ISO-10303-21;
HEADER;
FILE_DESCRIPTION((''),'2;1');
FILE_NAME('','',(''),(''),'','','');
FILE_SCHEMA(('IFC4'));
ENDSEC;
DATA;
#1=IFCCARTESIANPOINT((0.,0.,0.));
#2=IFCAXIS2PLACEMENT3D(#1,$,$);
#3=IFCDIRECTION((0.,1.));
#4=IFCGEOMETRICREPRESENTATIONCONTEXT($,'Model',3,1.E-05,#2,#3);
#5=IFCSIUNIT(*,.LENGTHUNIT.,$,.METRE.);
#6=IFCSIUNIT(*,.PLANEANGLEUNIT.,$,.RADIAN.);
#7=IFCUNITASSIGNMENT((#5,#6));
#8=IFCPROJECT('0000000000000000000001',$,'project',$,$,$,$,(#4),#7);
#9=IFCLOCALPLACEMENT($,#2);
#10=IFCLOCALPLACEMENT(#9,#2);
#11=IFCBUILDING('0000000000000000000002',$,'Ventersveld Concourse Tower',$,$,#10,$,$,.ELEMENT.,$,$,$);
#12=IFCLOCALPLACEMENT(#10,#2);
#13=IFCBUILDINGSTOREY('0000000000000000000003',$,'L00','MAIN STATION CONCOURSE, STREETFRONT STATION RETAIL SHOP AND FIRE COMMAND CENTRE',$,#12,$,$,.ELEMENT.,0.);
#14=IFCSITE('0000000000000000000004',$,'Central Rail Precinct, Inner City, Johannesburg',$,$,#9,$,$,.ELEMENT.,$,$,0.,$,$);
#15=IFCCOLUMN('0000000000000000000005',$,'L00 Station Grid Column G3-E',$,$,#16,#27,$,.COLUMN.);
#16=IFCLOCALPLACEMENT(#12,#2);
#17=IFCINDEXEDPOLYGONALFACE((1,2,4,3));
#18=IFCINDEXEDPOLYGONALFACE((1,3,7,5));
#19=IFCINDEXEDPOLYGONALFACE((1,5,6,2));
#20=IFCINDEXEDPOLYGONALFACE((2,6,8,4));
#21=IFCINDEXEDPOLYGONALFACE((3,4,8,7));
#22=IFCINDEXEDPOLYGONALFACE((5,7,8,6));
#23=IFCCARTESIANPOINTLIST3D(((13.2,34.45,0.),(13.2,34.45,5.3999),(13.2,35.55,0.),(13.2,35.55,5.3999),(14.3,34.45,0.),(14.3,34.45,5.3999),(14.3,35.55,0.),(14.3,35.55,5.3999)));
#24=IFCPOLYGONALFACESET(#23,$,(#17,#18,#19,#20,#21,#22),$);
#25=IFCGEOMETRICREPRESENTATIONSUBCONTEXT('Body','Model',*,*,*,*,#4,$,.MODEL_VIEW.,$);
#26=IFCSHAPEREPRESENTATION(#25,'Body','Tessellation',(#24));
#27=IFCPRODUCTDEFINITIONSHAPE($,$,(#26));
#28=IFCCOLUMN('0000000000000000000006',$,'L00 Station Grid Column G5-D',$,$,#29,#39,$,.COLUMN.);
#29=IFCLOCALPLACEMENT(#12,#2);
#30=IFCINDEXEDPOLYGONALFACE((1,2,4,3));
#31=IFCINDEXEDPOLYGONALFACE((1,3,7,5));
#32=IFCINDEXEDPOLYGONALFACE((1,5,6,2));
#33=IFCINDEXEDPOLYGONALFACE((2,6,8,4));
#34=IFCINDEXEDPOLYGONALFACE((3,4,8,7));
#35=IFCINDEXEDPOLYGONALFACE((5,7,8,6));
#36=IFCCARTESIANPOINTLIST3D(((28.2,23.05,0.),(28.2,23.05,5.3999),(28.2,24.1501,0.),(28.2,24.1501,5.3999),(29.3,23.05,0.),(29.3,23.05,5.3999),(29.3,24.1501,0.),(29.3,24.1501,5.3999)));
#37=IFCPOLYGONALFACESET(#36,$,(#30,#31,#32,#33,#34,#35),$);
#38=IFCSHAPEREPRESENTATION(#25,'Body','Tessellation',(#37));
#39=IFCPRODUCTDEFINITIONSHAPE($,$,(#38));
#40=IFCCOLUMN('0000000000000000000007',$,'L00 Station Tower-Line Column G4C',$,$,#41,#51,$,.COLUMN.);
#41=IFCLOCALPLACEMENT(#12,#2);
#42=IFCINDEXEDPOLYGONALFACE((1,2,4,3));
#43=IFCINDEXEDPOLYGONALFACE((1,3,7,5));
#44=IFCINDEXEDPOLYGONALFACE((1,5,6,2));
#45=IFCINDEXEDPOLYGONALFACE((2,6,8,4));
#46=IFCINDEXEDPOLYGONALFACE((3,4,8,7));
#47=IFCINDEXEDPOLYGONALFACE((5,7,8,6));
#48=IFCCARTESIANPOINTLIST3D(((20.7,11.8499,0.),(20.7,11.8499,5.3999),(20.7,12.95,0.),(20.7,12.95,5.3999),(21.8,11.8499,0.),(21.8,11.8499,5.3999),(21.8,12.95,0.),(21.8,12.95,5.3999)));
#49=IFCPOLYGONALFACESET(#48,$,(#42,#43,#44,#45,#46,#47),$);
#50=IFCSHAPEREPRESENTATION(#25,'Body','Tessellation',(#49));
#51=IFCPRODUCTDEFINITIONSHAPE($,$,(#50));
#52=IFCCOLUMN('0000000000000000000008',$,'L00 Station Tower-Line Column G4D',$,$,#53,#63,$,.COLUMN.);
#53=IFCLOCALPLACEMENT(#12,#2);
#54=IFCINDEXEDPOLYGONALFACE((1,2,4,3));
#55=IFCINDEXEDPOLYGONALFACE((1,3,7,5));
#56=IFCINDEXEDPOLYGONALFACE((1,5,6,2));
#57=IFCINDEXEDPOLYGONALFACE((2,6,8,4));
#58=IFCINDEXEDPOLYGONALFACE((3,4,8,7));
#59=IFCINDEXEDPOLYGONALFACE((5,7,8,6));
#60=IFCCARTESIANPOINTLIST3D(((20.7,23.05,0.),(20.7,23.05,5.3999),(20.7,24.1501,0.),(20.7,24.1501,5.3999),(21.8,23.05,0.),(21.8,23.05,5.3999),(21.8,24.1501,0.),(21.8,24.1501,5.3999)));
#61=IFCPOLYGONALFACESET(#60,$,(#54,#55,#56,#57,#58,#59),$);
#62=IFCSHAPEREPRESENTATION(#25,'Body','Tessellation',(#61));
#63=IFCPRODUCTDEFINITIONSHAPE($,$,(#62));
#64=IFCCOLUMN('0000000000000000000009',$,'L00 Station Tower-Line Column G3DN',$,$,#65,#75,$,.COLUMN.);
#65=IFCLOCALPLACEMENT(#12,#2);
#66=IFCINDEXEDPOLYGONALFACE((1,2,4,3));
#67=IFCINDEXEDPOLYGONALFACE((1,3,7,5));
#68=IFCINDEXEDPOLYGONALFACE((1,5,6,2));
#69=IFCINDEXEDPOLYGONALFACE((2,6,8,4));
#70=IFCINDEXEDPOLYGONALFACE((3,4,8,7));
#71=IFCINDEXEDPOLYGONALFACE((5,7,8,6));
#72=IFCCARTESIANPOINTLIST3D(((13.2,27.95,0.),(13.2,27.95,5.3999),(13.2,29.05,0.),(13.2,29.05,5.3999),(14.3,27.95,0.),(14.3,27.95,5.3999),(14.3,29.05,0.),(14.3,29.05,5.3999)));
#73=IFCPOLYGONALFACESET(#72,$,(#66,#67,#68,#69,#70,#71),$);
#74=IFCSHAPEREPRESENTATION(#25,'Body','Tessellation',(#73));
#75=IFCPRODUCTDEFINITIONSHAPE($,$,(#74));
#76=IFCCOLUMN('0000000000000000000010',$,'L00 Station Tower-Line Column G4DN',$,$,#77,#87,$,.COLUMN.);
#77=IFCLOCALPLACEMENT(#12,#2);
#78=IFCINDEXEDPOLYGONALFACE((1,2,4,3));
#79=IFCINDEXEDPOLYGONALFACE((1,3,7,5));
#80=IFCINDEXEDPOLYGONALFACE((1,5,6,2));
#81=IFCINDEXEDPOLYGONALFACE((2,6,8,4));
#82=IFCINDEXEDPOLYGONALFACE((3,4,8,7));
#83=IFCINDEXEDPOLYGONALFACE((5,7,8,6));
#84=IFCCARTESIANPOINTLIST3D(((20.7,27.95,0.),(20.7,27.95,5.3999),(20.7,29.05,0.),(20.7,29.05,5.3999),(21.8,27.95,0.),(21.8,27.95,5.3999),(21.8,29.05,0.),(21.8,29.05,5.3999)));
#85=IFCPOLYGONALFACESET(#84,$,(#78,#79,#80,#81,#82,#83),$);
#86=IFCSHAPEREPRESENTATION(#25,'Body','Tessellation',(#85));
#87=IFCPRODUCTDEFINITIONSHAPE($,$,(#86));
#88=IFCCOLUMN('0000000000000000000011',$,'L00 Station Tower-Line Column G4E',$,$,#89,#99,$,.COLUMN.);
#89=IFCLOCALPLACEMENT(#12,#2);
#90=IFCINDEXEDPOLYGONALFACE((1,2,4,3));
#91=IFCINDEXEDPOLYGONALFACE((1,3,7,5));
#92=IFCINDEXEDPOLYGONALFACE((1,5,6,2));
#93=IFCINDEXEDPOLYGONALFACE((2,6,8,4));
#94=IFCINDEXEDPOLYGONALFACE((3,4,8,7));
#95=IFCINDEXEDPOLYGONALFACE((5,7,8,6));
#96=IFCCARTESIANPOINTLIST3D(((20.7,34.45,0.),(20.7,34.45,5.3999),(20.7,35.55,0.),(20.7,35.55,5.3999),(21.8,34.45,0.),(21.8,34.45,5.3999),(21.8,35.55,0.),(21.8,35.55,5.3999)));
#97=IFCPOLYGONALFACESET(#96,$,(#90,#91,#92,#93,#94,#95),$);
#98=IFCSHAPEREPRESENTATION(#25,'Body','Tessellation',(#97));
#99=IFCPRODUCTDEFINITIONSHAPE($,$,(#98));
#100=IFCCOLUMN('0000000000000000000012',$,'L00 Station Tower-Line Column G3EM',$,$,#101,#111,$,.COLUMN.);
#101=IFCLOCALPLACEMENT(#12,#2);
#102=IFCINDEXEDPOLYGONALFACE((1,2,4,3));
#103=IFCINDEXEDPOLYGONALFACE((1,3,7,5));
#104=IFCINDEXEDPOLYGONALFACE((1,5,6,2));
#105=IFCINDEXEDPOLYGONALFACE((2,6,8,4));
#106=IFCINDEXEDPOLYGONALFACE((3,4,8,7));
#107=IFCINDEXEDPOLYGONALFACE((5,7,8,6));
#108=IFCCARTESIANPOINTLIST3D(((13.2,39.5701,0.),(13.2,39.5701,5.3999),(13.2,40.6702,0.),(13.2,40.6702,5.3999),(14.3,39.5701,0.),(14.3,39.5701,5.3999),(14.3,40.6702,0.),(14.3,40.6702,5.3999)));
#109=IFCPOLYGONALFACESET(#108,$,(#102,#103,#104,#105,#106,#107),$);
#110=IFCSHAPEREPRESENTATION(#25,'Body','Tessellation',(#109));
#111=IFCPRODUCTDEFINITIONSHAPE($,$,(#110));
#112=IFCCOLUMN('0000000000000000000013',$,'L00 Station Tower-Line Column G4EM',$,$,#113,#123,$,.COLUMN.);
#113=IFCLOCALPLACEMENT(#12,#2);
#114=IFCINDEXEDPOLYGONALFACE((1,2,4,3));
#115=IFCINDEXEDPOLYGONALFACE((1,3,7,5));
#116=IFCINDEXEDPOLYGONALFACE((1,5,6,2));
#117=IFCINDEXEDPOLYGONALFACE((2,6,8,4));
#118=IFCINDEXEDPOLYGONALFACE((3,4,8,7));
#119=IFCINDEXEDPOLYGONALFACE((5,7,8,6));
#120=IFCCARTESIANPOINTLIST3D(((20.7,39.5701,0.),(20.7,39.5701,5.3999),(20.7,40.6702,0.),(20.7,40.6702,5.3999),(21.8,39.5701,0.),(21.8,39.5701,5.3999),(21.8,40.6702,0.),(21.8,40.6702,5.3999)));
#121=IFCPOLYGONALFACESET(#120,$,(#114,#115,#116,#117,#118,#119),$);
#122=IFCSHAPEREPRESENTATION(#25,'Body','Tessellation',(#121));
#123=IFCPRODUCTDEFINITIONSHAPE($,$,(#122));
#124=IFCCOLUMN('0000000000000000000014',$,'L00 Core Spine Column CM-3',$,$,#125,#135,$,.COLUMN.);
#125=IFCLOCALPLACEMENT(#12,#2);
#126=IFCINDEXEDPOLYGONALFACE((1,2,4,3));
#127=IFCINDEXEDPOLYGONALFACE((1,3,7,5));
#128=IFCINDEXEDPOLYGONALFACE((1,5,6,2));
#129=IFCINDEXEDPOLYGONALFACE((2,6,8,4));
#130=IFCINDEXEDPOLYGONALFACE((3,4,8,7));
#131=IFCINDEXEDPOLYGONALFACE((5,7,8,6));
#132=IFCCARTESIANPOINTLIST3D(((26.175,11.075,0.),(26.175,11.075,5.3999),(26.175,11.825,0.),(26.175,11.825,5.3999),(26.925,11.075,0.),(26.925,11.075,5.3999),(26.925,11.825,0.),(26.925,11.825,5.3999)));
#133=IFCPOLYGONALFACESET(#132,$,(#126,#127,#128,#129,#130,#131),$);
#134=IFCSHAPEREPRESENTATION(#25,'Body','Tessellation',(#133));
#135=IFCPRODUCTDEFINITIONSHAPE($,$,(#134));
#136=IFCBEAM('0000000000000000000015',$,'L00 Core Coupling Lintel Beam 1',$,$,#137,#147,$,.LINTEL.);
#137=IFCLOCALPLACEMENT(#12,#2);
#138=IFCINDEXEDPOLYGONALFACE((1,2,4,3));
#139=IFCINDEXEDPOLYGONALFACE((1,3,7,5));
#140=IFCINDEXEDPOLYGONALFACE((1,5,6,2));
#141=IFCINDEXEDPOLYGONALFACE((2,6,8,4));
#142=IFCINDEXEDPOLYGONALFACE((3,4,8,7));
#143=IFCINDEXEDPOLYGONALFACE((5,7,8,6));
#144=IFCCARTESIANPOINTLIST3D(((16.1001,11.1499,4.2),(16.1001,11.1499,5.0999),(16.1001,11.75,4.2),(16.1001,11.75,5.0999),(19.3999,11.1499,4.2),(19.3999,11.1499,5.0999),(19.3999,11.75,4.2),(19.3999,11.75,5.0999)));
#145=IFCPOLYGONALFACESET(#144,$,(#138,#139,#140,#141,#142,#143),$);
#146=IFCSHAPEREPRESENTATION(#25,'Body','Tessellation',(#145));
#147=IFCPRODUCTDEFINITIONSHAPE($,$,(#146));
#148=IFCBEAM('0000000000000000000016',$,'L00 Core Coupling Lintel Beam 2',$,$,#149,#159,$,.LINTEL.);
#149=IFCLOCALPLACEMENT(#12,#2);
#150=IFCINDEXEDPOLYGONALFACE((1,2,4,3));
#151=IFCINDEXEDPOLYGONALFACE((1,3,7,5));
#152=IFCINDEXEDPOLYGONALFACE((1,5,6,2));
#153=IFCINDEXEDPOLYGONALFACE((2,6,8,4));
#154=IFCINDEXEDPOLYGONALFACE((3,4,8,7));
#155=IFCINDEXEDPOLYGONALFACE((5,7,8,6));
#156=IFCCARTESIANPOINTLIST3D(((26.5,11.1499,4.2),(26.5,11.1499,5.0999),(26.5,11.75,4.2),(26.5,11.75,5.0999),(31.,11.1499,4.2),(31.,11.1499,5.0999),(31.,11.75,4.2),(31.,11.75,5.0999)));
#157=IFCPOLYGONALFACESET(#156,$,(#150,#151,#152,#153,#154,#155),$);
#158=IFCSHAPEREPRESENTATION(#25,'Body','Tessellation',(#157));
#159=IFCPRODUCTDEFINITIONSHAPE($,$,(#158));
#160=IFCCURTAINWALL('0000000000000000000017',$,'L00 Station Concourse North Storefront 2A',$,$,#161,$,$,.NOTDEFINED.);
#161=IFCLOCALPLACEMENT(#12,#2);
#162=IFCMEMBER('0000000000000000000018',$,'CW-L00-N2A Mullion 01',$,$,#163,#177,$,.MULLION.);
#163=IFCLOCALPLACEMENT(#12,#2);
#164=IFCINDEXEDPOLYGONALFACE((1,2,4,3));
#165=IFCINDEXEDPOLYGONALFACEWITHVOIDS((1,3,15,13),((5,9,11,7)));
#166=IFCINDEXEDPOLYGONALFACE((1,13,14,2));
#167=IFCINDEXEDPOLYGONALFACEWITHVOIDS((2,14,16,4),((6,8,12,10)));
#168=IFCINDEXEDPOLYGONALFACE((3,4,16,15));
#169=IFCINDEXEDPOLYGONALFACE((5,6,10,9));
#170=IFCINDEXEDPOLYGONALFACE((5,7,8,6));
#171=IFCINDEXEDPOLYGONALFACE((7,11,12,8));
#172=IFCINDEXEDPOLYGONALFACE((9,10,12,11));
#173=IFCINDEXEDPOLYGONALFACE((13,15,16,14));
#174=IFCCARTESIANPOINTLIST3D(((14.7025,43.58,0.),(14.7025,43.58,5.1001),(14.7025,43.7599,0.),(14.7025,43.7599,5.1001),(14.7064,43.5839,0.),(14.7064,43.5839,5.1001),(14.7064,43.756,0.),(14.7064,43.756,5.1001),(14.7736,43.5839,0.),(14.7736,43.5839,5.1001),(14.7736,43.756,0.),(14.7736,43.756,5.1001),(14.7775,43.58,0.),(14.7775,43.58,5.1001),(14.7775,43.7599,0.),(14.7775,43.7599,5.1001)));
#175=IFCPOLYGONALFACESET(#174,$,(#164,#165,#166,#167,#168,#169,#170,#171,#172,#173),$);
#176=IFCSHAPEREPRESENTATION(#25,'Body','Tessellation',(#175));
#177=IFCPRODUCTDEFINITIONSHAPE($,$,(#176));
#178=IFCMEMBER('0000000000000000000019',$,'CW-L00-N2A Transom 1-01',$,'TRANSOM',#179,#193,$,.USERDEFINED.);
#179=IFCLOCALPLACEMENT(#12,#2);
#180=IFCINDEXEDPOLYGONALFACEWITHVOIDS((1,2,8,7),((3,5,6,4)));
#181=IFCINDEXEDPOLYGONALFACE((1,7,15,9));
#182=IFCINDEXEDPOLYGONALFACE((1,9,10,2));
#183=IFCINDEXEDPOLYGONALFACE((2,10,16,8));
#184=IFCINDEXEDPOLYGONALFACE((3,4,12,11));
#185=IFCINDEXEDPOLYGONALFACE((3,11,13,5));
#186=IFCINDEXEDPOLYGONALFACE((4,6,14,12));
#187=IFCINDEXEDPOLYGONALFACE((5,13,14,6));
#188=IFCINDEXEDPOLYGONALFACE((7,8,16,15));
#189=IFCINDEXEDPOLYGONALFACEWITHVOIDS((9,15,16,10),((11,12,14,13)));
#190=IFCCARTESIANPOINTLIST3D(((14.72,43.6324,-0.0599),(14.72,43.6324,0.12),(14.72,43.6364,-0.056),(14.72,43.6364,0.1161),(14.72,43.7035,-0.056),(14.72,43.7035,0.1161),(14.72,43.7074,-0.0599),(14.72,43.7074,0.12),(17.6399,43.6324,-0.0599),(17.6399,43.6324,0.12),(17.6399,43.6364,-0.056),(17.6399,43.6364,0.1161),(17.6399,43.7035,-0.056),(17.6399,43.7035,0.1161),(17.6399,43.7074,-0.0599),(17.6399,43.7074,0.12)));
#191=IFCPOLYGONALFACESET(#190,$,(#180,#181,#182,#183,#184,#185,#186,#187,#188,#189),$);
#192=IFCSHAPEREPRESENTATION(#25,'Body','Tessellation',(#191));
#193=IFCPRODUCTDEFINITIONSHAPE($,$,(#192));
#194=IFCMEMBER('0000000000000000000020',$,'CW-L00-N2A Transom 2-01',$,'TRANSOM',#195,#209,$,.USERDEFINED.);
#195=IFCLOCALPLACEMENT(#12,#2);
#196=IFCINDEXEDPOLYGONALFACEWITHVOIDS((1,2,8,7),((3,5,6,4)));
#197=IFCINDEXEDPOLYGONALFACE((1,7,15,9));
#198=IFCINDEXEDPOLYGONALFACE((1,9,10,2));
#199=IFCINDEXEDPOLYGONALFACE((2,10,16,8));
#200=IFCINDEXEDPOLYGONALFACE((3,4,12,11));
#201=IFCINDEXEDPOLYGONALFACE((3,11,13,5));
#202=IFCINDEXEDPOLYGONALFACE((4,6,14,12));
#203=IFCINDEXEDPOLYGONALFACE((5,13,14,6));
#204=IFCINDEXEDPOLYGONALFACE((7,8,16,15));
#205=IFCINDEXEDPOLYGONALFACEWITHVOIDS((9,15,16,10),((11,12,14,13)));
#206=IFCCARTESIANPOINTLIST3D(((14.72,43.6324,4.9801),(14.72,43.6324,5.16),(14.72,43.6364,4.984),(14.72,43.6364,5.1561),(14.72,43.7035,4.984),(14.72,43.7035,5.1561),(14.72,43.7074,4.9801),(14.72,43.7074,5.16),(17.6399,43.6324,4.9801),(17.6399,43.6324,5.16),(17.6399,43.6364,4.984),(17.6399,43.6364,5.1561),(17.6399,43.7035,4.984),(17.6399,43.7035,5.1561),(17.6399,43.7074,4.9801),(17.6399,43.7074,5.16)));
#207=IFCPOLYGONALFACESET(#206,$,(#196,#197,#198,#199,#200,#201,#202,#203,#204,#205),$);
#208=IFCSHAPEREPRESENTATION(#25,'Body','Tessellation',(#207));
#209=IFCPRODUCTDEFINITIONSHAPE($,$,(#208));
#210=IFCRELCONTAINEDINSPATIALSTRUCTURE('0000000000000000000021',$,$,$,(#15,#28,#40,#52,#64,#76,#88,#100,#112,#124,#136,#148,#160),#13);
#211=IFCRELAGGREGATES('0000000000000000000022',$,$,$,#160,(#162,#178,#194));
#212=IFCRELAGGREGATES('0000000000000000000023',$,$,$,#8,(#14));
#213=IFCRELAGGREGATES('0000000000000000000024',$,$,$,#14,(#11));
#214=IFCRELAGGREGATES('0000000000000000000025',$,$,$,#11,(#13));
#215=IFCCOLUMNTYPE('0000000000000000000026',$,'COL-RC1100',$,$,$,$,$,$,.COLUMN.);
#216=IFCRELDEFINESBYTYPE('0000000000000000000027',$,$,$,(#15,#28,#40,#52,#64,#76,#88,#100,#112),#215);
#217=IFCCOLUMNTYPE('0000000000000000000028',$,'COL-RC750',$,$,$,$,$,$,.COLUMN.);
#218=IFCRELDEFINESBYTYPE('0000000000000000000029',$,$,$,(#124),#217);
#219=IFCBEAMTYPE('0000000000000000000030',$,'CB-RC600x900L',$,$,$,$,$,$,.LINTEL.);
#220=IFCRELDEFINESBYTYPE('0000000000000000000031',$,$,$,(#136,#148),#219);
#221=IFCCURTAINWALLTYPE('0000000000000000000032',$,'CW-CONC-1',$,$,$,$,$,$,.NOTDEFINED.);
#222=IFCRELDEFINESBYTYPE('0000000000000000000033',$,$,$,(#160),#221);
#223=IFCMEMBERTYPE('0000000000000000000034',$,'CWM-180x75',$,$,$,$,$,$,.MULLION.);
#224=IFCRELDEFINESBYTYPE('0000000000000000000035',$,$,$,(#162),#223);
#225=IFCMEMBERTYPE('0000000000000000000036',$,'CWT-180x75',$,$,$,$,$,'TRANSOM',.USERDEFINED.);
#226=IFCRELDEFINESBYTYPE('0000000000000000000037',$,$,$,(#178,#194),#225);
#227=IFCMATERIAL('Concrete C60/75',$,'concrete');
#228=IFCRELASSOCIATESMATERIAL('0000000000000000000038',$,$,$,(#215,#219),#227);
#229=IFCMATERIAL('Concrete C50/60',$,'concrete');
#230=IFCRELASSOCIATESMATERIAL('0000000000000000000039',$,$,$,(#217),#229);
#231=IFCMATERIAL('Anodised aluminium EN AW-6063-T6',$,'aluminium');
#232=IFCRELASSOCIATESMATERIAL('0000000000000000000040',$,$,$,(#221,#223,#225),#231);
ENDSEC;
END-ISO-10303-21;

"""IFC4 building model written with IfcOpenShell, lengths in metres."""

from ifc_helpers import new_model, si_unit, direction, frame, origin, origin_2d, place, context, subcontext, project, spatial, rectangle, hollow_rectangle, extrude, material, material_profile, profile_set, type_object, element, aggregate, save


model = new_model("IFC4")

# Units and contexts
model_context = context("Model", 3, precision=1e-05, world=origin(), true_north=direction((0.0, 1.0)))
body_context = subcontext(model_context, "Body", "Model", "MODEL_VIEW")
ifc_project = project(units=[si_unit("LENGTHUNIT", "METRE"), si_unit("PLANEANGLEUNIT", "RADIAN")], contexts=[model_context])

# Site, building, storey
site_placement = place(None, origin())
site = spatial("IfcSite", under=ifc_project, at=site_placement, Name="Central Rail Precinct, Inner City, Johannesburg", CompositionType="ELEMENT", RefElevation=0.0)
building_placement = place(site_placement, origin())
building = spatial("IfcBuilding", under=site, at=building_placement, Name="Ventersveld Concourse Tower", CompositionType="ELEMENT")
storey_placement = place(building_placement, origin())
storey = spatial("IfcBuildingStorey", under=building, at=storey_placement, Name="L00", Description="MAIN STATION CONCOURSE, STREETFRONT STATION RETAIL SHOP AND FIRE COMMAND CENTRE", CompositionType="ELEMENT", Elevation=0.0)

# Columns
ifc_material_1 = material(Name="Concrete C60/75", Category="concrete")
ifc_material_profile_1 = material_profile(ifc_material_1, rectangle(XDim=1.1001, YDim=1.1001, at=origin_2d()), Name="RC 1100x1100")
ifc_profile_set_1 = profile_set([ifc_material_profile_1], Name="Concrete C60/75")
column_type_1 = type_object("IfcColumnType", Name="COL-RC1100", PredefinedType="COLUMN", material=ifc_profile_set_1)
for number, where, z_axis, x_axis, name in (
    (1, (13.75, 35.0, 0.0), (0.0, 0.0, 1.0), (1.0, 0.0, 0.0), "L00 Station Grid Column G3-E"),
    (2, (28.75, 23.6001, 0.0), (0.0, 0.0, 1.0), (1.0, 0.0, 0.0), "L00 Station Grid Column G5-D"),
    (3, (21.25, 12.3999, 0.0), (0.0, 0.0, 1.0), (1.0, 0.0, 0.0), "L00 Station Tower-Line Column G4C"),
    (4, (21.25, 23.6001, 0.0), (0.0, 0.0, 1.0), (1.0, 0.0, 0.0), "L00 Station Tower-Line Column G4D"),
    (5, (13.75, 28.5, 0.0), (0.0, 0.0, 1.0), (1.0, 0.0, 0.0), "L00 Station Tower-Line Column G3DN"),
    (6, (21.25, 28.5, 0.0), (0.0, 0.0, 1.0), (1.0, 0.0, 0.0), "L00 Station Tower-Line Column G4DN"),
    (7, (21.25, 35.0, 0.0), (0.0, 0.0, 1.0), (1.0, 0.0, 0.0), "L00 Station Tower-Line Column G4E"),
    (8, (13.75, 40.1201, 0.0), (0.0, 0.0, 1.0), (1.0, 0.0, 0.0), "L00 Station Tower-Line Column G3EM"),
    (9, (21.25, 40.1201, 0.0), (0.0, 0.0, 1.0), (1.0, 0.0, 0.0), "L00 Station Tower-Line Column G4EM"),
):
    element("IfcColumn", number, at=place(storey_placement, frame(where, z_axis=z_axis, x_axis=x_axis)), inside=storey, type_object=column_type_1, Name=name, PredefinedType="COLUMN", context=body_context, shape_type="SweptSolid", body=[
        extrude(rectangle(XDim=1.1001, YDim=1.1001, at=origin_2d()), origin(), (0.0, 0.0, 1.0), 5.3999),
    ])
ifc_material_2 = material(Name="Concrete C50/60", Category="concrete")
ifc_material_profile_2 = material_profile(ifc_material_2, rectangle(XDim=0.75, YDim=0.75, at=origin_2d()), Name="RC 750x750")
ifc_profile_set_2 = profile_set([ifc_material_profile_2], Name="Concrete C50/60")
column_type_2 = type_object("IfcColumnType", Name="COL-RC750", PredefinedType="COLUMN", material=ifc_profile_set_2)
column_placement = place(storey_placement, frame((26.55, 11.45, 0.0), z_axis=(0.0, 0.0, 1.0), x_axis=(1.0, 0.0, 0.0)))
element("IfcColumn", 10, at=column_placement, inside=storey, type_object=column_type_2, Name="L00 Core Spine Column CM-3", PredefinedType="COLUMN", context=body_context, shape_type="SweptSolid", body=[
    extrude(rectangle(XDim=0.75, YDim=0.75, at=origin_2d()), origin(), (0.0, 0.0, 1.0), 5.3999),
])

# Beams
ifc_material_profile_3 = material_profile(ifc_material_1, rectangle(XDim=0.6001, YDim=0.8999, at=origin_2d()), Name="RC 600x900")
ifc_profile_set_3 = profile_set([ifc_material_profile_3], Name="Concrete C60/75")
beam_type_1 = type_object("IfcBeamType", Name="CB-RC600x900L", PredefinedType="LINTEL", material=ifc_profile_set_3)
beam_1_placement = place(storey_placement, frame((16.1001, 11.45, 4.6499), z_axis=(1.0, 0.0, 0.0), x_axis=(0.0, 1.0, 0.0)))
element("IfcBeam", 11, at=beam_1_placement, inside=storey, type_object=beam_type_1, Name="L00 Core Coupling Lintel Beam 1", PredefinedType="LINTEL", context=body_context, shape_type="SweptSolid", body=[
    extrude(rectangle(XDim=0.6001, YDim=0.8999, at=origin_2d()), origin(), (0.0, 0.0, 1.0), 3.2998),
])
beam_2_placement = place(storey_placement, frame((26.5, 11.45, 4.6499), z_axis=(1.0, 0.0, 0.0), x_axis=(0.0, 1.0, 0.0)))
element("IfcBeam", 12, at=beam_2_placement, inside=storey, type_object=beam_type_1, Name="L00 Core Coupling Lintel Beam 2", PredefinedType="LINTEL", context=body_context, shape_type="SweptSolid", body=[
    extrude(rectangle(XDim=0.6001, YDim=0.8999, at=origin_2d()), origin(), (0.0, 0.0, 1.0), 4.5),
])

# Curtain wall, members
ifc_material_3 = material(Name="Anodised aluminium EN AW-6063-T6", Category="aluminium")
curtain_wall_type = type_object("IfcCurtainWallType", Name="CW-CONC-1", PredefinedType="NOTDEFINED", material=ifc_material_3)
curtain_wall_placement = place(storey_placement, origin())
curtain_wall = element("IfcCurtainWall", 13, at=curtain_wall_placement, inside=storey, type_object=curtain_wall_type, Name="L00 Station Concourse North Storefront 2A", PredefinedType="NOTDEFINED")
ifc_material_profile_4 = material_profile(ifc_material_3, hollow_rectangle(XDim=0.075, YDim=0.1799, WallThickness=0.0039, at=origin_2d()), Name="ALU 180x75x4")
ifc_profile_set_4 = profile_set([ifc_material_profile_4], Name="Anodised aluminium EN AW-6063-T6")
member_type_1 = type_object("IfcMemberType", Name="CWM-180x75", PredefinedType="MULLION", material=ifc_profile_set_4)
member_1_placement = place(storey_placement, frame((14.74, 43.6699, 0.0), z_axis=(0.0, 0.0, 1.0), x_axis=(1.0, 0.0, 0.0)))
member_1 = element("IfcMember", 14, at=member_1_placement, type_object=member_type_1, Name="CW-L00-N2A Mullion 01", PredefinedType="MULLION", context=body_context, shape_type="SweptSolid", body=[
    extrude(hollow_rectangle(XDim=0.075, YDim=0.1799, WallThickness=0.0039, at=origin_2d()), origin(), (0.0, 0.0, 1.0), 5.1001),
])
ifc_material_profile_5 = material_profile(ifc_material_3, hollow_rectangle(XDim=0.075, YDim=0.1799, WallThickness=0.0039, at=origin_2d()), Name="ALU 180x75x4")
ifc_profile_set_5 = profile_set([ifc_material_profile_5], Name="Anodised aluminium EN AW-6063-T6")
member_type_2 = type_object("IfcMemberType", Name="CWT-180x75", ElementType="TRANSOM", PredefinedType="USERDEFINED", material=ifc_profile_set_5)
member_2_placement = place(storey_placement, frame((14.72, 43.6699, 0.03), z_axis=(1.0, 0.0, 0.0), x_axis=(0.0, 1.0, 0.0)))
member_2 = element("IfcMember", 15, at=member_2_placement, type_object=member_type_2, Name="CW-L00-N2A Transom 1-01", ObjectType="TRANSOM", PredefinedType="USERDEFINED", context=body_context, shape_type="SweptSolid", body=[
    extrude(hollow_rectangle(XDim=0.075, YDim=0.1799, WallThickness=0.0039, at=origin_2d()), origin(), (0.0, 0.0, 1.0), 2.9199),
])
member_3_placement = place(storey_placement, frame((14.72, 43.6699, 5.0701), z_axis=(1.0, 0.0, 0.0), x_axis=(0.0, 1.0, 0.0)))
member_3 = element("IfcMember", 16, at=member_3_placement, type_object=member_type_2, Name="CW-L00-N2A Transom 2-01", ObjectType="TRANSOM", PredefinedType="USERDEFINED", context=body_context, shape_type="SweptSolid", body=[
    extrude(hollow_rectangle(XDim=0.075, YDim=0.1799, WallThickness=0.0039, at=origin_2d()), origin(), (0.0, 0.0, 1.0), 2.9199),
])
aggregate(curtain_wall, [member_1, member_2, member_3])

save(model, "model.ifc")
